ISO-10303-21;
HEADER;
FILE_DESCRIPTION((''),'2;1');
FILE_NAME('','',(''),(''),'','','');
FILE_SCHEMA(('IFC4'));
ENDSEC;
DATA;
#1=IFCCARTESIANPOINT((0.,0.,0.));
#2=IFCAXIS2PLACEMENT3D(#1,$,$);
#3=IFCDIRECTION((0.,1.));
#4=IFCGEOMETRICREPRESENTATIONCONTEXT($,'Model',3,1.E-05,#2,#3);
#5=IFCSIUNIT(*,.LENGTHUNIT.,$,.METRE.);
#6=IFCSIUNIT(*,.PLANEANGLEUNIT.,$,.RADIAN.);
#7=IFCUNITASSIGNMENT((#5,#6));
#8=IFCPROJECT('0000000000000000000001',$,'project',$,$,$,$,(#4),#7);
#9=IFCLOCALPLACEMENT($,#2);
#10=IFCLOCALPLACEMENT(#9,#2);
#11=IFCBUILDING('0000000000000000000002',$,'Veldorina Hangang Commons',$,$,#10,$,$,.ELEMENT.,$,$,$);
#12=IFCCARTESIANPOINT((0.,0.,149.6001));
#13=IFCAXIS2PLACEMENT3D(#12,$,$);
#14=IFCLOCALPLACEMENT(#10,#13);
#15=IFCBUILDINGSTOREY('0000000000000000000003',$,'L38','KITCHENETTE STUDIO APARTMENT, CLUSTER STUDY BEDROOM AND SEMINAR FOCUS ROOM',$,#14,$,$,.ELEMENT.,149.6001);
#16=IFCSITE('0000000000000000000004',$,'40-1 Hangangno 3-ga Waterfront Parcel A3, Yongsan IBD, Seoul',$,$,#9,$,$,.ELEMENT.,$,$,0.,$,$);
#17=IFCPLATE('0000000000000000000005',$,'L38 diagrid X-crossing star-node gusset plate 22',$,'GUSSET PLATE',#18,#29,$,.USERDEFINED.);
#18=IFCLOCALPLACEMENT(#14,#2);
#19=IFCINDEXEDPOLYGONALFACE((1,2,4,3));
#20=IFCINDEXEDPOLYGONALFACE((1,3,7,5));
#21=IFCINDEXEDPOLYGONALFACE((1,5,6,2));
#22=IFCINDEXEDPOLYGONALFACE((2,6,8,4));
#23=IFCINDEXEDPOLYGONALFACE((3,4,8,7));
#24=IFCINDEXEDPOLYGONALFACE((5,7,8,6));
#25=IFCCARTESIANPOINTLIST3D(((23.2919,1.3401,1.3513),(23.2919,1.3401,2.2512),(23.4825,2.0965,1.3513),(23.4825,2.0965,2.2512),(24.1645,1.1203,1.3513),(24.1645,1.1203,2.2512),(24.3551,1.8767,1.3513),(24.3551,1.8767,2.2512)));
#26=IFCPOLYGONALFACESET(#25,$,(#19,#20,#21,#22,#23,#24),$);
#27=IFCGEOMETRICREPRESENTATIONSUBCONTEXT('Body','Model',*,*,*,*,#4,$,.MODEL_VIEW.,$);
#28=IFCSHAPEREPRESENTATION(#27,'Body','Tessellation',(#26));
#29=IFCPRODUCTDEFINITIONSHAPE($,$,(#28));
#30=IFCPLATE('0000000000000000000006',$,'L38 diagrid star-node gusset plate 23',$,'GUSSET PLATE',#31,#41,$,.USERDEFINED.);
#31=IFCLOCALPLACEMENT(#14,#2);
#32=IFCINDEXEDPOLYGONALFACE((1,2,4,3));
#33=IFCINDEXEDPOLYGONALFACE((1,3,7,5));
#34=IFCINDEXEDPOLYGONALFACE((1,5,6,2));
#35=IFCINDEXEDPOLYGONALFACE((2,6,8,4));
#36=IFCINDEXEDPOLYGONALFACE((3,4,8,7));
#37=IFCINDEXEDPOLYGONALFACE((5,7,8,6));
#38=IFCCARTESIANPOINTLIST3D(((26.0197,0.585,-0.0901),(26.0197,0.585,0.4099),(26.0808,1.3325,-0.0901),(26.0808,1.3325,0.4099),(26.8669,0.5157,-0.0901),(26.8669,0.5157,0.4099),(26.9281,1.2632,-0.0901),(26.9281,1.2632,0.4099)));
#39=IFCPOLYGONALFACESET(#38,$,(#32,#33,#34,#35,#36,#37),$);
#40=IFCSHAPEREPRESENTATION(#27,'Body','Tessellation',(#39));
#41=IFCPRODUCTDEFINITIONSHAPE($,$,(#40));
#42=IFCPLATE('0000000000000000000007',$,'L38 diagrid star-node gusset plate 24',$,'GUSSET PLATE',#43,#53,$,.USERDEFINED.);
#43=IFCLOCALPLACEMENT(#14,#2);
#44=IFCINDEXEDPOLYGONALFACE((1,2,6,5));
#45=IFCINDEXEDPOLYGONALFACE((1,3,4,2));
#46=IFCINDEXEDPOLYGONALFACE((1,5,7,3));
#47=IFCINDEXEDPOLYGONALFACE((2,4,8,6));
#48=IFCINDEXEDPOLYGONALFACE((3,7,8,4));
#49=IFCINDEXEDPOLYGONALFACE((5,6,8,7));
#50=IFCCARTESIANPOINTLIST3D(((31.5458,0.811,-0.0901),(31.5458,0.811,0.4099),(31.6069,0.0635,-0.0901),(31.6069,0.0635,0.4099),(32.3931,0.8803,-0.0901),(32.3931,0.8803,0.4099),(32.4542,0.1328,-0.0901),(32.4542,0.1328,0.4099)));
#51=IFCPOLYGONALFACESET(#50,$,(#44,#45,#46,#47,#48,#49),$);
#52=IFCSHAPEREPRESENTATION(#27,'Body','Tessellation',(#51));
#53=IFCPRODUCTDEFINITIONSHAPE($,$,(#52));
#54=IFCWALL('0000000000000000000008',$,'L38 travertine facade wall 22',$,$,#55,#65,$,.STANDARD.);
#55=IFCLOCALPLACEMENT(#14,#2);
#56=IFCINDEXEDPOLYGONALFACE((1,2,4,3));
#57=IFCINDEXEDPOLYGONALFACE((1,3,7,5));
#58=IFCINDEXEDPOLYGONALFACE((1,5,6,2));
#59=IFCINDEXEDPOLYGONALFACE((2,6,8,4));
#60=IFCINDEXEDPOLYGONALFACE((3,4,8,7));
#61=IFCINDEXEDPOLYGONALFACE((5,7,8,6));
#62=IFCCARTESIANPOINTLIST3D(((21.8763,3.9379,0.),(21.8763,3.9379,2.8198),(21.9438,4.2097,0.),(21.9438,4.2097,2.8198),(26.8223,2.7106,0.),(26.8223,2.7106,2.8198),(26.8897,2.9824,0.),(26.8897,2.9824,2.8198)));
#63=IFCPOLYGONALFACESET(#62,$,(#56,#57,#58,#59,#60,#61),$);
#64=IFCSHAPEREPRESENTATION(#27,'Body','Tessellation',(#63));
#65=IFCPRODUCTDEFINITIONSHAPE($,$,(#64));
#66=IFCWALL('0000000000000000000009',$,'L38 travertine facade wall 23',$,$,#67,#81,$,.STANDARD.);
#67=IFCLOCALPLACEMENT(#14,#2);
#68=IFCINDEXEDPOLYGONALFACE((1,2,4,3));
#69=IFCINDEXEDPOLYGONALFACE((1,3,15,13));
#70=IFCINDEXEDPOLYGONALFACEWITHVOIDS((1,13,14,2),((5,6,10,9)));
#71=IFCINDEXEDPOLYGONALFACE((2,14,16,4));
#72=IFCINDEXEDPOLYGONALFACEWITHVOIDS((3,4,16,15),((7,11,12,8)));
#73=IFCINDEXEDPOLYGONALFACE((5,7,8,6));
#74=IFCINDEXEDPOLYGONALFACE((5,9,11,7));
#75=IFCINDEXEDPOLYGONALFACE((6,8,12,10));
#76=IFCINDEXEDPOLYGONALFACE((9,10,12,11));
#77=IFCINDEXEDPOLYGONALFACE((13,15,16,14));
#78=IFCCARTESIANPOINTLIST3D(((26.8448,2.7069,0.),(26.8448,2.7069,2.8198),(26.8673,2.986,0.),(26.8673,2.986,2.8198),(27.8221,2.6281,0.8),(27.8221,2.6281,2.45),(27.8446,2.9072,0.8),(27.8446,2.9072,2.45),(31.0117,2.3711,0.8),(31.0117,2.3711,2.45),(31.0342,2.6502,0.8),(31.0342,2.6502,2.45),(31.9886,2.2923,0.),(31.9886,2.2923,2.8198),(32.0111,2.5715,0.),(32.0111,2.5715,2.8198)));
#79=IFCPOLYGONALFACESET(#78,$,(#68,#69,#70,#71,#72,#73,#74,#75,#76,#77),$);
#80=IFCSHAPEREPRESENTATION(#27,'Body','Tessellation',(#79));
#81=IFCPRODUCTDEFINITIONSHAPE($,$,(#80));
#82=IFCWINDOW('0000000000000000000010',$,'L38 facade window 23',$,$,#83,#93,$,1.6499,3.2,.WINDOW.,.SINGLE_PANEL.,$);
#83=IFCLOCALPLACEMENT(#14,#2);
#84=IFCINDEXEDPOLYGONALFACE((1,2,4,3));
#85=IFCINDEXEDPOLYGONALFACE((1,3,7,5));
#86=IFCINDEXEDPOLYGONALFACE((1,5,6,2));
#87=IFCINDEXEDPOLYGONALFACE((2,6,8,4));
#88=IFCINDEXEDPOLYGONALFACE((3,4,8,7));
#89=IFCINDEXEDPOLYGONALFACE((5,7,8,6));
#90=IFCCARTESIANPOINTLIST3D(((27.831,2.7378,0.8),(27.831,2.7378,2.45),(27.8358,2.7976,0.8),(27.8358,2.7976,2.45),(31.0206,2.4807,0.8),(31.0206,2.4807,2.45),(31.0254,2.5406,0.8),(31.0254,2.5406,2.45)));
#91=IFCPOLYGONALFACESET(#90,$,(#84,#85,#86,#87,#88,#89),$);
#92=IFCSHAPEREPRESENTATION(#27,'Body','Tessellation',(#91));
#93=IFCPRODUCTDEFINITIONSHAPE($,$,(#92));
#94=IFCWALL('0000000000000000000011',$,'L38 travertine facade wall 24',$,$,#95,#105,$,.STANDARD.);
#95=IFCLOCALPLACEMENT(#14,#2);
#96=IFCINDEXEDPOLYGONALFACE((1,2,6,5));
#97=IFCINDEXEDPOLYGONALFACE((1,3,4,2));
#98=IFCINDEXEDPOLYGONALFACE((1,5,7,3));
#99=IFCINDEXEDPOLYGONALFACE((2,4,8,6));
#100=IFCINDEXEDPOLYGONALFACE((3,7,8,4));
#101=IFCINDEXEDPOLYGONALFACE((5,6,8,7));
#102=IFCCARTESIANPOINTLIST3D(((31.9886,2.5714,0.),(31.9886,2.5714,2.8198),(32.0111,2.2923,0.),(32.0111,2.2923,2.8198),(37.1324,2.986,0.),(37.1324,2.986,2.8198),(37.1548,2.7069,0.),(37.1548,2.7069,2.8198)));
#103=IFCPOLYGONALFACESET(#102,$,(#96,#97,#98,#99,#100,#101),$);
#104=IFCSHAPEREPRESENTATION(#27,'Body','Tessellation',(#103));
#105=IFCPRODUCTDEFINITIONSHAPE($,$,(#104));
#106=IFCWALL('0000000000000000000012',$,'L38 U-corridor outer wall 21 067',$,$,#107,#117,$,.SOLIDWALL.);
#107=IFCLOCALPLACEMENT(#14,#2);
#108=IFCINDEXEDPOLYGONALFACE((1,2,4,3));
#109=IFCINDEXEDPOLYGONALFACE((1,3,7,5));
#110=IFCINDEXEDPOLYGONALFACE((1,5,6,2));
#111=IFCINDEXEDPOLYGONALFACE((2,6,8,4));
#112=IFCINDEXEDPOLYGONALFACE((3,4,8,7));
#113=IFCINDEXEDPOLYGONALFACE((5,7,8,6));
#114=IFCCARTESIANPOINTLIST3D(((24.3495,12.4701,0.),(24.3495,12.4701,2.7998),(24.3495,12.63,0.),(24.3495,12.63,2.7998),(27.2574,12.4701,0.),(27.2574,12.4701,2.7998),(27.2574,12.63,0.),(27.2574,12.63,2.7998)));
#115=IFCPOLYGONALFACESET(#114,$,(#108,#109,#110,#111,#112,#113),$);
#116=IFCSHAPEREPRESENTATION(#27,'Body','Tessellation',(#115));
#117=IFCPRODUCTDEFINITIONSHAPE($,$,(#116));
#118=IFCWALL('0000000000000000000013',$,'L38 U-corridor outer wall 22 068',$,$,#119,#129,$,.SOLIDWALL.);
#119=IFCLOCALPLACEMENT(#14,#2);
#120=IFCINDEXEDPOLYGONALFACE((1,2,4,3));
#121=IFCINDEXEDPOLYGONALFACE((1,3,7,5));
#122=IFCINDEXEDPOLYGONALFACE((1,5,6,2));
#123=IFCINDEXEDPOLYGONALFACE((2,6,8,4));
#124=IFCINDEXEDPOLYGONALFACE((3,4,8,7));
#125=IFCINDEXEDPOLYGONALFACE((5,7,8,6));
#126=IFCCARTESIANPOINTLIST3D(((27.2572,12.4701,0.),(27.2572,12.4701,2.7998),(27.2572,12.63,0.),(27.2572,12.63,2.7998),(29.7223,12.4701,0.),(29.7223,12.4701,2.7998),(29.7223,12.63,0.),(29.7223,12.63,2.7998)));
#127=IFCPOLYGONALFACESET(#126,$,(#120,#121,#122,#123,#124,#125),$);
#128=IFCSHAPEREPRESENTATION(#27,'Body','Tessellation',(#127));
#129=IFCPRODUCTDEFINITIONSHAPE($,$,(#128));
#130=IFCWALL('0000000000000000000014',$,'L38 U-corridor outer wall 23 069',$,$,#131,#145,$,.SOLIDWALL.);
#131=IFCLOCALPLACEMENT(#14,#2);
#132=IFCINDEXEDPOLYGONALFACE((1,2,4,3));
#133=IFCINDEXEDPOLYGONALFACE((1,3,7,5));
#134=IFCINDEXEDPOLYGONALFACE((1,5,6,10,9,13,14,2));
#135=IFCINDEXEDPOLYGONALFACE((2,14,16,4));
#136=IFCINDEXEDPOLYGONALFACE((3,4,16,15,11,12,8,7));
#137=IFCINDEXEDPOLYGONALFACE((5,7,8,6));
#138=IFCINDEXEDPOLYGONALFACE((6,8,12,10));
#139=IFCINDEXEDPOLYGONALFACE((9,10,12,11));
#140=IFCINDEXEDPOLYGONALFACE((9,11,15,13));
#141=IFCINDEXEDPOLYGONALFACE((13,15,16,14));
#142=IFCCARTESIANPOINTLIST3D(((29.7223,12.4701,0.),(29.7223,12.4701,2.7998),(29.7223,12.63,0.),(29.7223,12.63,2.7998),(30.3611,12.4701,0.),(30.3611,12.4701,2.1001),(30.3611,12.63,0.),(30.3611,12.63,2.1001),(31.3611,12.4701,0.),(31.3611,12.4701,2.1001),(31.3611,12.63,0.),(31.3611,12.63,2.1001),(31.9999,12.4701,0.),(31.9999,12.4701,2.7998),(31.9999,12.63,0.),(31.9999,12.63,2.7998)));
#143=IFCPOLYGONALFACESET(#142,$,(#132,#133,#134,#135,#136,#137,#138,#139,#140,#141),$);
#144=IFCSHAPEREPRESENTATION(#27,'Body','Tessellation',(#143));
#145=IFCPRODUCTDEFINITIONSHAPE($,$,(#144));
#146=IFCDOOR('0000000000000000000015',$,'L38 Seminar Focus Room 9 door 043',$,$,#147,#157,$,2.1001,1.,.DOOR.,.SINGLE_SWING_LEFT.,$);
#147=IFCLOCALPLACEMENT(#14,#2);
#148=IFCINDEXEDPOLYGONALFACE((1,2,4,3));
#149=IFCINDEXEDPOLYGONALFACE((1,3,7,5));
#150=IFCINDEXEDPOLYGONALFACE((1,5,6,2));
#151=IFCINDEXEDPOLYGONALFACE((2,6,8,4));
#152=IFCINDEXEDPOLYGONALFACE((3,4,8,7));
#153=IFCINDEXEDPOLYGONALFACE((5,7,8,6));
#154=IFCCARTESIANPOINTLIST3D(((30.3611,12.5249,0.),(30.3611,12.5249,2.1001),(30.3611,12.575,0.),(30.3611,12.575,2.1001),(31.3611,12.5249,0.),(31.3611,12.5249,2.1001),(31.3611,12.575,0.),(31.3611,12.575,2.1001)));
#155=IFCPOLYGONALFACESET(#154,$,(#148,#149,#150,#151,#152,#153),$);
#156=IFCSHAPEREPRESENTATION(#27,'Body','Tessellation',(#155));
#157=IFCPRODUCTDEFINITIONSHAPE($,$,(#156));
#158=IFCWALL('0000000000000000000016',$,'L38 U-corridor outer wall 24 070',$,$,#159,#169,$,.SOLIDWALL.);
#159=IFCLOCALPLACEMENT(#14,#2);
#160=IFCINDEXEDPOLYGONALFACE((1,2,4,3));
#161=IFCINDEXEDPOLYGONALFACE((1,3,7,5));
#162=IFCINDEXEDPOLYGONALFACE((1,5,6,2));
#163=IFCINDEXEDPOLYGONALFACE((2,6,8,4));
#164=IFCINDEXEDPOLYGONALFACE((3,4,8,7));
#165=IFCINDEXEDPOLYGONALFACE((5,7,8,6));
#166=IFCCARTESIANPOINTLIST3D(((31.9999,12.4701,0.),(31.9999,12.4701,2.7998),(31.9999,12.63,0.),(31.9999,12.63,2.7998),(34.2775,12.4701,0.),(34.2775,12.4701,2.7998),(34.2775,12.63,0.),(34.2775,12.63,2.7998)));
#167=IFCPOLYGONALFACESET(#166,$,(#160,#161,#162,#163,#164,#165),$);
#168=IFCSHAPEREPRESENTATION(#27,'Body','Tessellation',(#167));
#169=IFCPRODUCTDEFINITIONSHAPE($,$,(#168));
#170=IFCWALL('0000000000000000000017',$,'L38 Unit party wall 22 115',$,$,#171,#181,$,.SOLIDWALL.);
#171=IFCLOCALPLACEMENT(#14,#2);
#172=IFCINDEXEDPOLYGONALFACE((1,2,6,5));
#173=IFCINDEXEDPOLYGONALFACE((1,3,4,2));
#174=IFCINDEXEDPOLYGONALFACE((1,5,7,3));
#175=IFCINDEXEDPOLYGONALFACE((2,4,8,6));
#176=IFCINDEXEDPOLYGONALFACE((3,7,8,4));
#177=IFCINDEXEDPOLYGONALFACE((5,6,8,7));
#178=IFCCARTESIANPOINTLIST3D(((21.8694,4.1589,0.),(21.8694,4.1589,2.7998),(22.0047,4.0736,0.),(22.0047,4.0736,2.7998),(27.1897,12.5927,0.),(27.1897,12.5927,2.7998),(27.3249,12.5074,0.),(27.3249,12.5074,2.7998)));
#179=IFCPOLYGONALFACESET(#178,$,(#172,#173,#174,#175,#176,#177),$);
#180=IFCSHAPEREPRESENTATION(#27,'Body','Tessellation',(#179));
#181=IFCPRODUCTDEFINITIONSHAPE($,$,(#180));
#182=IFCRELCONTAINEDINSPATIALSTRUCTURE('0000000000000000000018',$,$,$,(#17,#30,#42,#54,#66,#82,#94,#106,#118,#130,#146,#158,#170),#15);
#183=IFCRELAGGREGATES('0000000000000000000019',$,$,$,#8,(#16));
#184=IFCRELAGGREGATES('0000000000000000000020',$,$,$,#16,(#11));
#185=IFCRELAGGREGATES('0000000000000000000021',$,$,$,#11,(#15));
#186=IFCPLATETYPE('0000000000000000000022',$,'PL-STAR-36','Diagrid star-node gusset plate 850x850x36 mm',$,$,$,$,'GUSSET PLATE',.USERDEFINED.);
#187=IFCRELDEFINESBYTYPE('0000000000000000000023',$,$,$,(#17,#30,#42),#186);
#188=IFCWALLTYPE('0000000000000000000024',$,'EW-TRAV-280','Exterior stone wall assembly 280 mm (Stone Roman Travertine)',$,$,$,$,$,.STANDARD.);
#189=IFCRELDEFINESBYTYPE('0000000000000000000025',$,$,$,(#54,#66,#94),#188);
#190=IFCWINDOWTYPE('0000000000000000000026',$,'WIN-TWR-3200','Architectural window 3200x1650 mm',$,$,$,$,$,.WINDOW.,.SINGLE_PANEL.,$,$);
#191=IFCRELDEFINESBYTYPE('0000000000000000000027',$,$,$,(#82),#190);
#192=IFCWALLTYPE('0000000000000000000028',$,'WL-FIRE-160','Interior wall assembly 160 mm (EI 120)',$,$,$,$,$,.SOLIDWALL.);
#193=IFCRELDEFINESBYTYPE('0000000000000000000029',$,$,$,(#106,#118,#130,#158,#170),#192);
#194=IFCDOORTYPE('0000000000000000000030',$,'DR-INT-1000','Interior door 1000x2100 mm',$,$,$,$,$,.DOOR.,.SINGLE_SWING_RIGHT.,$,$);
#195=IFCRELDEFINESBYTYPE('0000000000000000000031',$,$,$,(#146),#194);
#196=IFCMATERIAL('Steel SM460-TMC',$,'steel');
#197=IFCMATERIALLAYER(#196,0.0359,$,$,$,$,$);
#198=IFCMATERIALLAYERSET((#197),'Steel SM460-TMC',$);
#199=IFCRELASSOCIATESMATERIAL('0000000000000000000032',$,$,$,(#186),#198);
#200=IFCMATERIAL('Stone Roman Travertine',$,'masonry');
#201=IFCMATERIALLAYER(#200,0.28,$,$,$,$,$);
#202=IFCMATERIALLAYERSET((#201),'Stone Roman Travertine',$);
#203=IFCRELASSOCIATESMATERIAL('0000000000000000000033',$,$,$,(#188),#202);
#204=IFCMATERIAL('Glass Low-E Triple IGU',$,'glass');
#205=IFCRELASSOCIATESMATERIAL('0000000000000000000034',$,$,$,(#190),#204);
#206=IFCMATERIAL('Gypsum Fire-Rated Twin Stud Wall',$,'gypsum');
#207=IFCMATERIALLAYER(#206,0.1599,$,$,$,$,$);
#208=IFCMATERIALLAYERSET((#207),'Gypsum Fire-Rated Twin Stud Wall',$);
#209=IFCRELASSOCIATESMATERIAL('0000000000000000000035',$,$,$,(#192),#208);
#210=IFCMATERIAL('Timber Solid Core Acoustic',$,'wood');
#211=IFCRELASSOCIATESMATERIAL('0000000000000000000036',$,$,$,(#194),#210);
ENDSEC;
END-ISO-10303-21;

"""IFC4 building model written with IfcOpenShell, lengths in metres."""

from ifc_helpers import new_model, si_unit, direction, frame, frame_2d, origin, origin_2d, place, context, subcontext, project, spatial, rectangle, extrude, material, layer, layer_set, type_object, element, fill, save


model = new_model("IFC4")

# Units and contexts
model_context = context("Model", 3, precision=1e-05, world=origin(), true_north=direction((0.0, 1.0)))
body_context = subcontext(model_context, "Body", "Model", "MODEL_VIEW")
ifc_project = project(units=[si_unit("LENGTHUNIT", "METRE"), si_unit("PLANEANGLEUNIT", "RADIAN")], contexts=[model_context])

# Site, building, storey
site_placement = place(None, origin())
site = spatial("IfcSite", under=ifc_project, at=site_placement, Name="40-1 Hangangno 3-ga Waterfront Parcel A3, Yongsan IBD, Seoul", CompositionType="ELEMENT", RefElevation=0.0)
building_placement = place(site_placement, origin())
building = spatial("IfcBuilding", under=site, at=building_placement, Name="Veldorina Hangang Commons", CompositionType="ELEMENT")
storey_placement = place(building_placement, frame((0.0, 0.0, 149.6001)))
storey = spatial("IfcBuildingStorey", under=building, at=storey_placement, Name="L38", Description="KITCHENETTE STUDIO APARTMENT, CLUSTER STUDY BEDROOM AND SEMINAR FOCUS ROOM", CompositionType="ELEMENT", Elevation=149.6001)

# Plates
ifc_material_1 = material(Name="Steel SM460-TMC", Category="steel")
ifc_layer_1 = layer(ifc_material_1, 0.0359)
ifc_layer_set_1 = layer_set([ifc_layer_1], Name="Steel SM460-TMC")
plate_type = type_object("IfcPlateType", Name="PL-STAR-36", Description="Diagrid star-node gusset plate 850x850x36 mm", ElementType="GUSSET PLATE", PredefinedType="USERDEFINED", material=ifc_layer_set_1)
plate_placement = place(storey_placement, frame((23.8235, 1.6084, 1.3513), z_axis=(0.0, 0.0, 1.0), x_axis=(0.969693, -0.244326, 0.0)))
element("IfcPlate", 1, at=plate_placement, inside=storey, type_object=plate_type, Name="L38 diagrid X-crossing star-node gusset plate 22", ObjectType="GUSSET PLATE", PredefinedType="USERDEFINED", context=body_context, shape_type="SweptSolid", body=[
    extrude(rectangle(XDim=0.8999, YDim=0.78, at=origin_2d()), origin(), (0.0, 0.0, 1.0), 0.8999),
])
for number, where, z_axis, x_axis, name in (
    (2, (26.4739, 0.9241, -0.0901), (0.0, 0.0, 1.0), (0.99667, -0.081538, 0.0), "L38 diagrid star-node gusset plate 23"),
    (3, (32.0, 0.4719, -0.0901), (0.0, 0.0, 1.0), (0.99667, 0.081538, 0.0), "L38 diagrid star-node gusset plate 24"),
):
    element("IfcPlate", number, at=place(storey_placement, frame(where, z_axis=z_axis, x_axis=x_axis)), inside=storey, type_object=plate_type, Name=name, ObjectType="GUSSET PLATE", PredefinedType="USERDEFINED", context=body_context, shape_type="SweptSolid", body=[
        extrude(rectangle(XDim=0.8501, YDim=0.75, at=origin_2d()), origin(), (0.0, 0.0, 1.0), 0.5),
    ])

# Wall
ifc_material_2 = material(Name="Stone Roman Travertine", Category="masonry")
ifc_layer_2 = layer(ifc_material_2, 0.28)
ifc_layer_set_2 = layer_set([ifc_layer_2], Name="Stone Roman Travertine")
wall_type_1 = type_object("IfcWallType", Name="EW-TRAV-280", Description="Exterior stone wall assembly 280 mm (Stone Roman Travertine)", PredefinedType="STANDARD", material=ifc_layer_set_2)
wall_1_placement = place(storey_placement, frame((21.9102, 4.0737, 0.0), z_axis=(0.0, 0.0, 1.0), x_axis=(0.970567, -0.240833, 0.0)))
element("IfcWall", 4, at=wall_1_placement, inside=storey, type_object=wall_type_1, Name="L38 travertine facade wall 22", PredefinedType="STANDARD", context=body_context, shape_type="SweptSolid", body=[
    extrude(rectangle(XDim=5.0959, YDim=0.28, at=frame_2d((2.5479, 0.0))), origin(), (0.0, 0.0, 1.0), 2.8198),
])

# Wall, opening, window
wall_2_placement = place(storey_placement, frame((26.8562, 2.8464, 0.0), z_axis=(0.0, 0.0, 1.0), x_axis=(0.996768, -0.080332, 0.0)))
wall_2 = element("IfcWall", 5, at=wall_2_placement, inside=storey, type_object=wall_type_1, Name="L38 travertine facade wall 23", PredefinedType="STANDARD", context=body_context, shape_type="SweptSolid", body=[
    extrude(rectangle(XDim=5.1604, YDim=0.28, at=frame_2d((2.5801, 0.0))), origin(), (0.0, 0.0, 1.0), 2.8198),
])
opening_1_placement = place(wall_2_placement, frame((0.9802, 0.0, 0.8)))
opening_1 = element("IfcOpeningElement", 6, at=opening_1_placement, cuts=wall_2, PredefinedType="OPENING", context=body_context, shape_type="SweptSolid", body=[
    extrude(rectangle(XDim=3.2, YDim=1.6499, at=frame_2d((1.6001, 0.825))), frame((0.0, 0.1499, 0.0), z_axis=(0.0, -1.0, 0.0), x_axis=(1.0, 0.0, 0.0)), (0.0, 0.0, 1.0), 0.3),
])
ifc_material_3 = material(Name="Glass Low-E Triple IGU", Category="glass")
window_type = type_object("IfcWindowType", Name="WIN-TWR-3200", Description="Architectural window 3200x1650 mm", PartitioningType="SINGLE_PANEL", PredefinedType="WINDOW", material=ifc_material_3)
window_placement = place(opening_1_placement, origin())
window = element("IfcWindow", 7, at=window_placement, inside=storey, type_object=window_type, Name="L38 facade window 23", OverallHeight=1.6499, OverallWidth=3.2, PartitioningType="SINGLE_PANEL", PredefinedType="WINDOW", context=body_context, shape_type="SweptSolid", body=[
    extrude(rectangle(XDim=3.2, YDim=1.6499, at=frame_2d((1.6001, 0.825))), frame((0.0, 0.03, 0.0), z_axis=(0.0, -1.0, 0.0), x_axis=(1.0, 0.0, 0.0)), (0.0, 0.0, 1.0), 0.0601),
])
fill(opening_1, window)

# Walls
wall_3_placement = place(storey_placement, frame((32.0, 2.4319, 0.0), z_axis=(0.0, 0.0, 1.0), x_axis=(0.996768, 0.080332, 0.0)))
element("IfcWall", 8, at=wall_3_placement, inside=storey, type_object=wall_type_1, Name="L38 travertine facade wall 24", PredefinedType="STANDARD", context=body_context, shape_type="SweptSolid", body=[
    extrude(rectangle(XDim=5.1604, YDim=0.28, at=frame_2d((2.5801, 0.0))), origin(), (0.0, 0.0, 1.0), 2.8198),
])
ifc_material_4 = material(Name="Gypsum Fire-Rated Twin Stud Wall", Category="gypsum")
ifc_layer_3 = layer(ifc_material_4, 0.1599)
ifc_layer_set_3 = layer_set([ifc_layer_3], Name="Gypsum Fire-Rated Twin Stud Wall")
wall_type_2 = type_object("IfcWallType", Name="WL-FIRE-160", Description="Interior wall assembly 160 mm (EI 120)", PredefinedType="SOLIDWALL", material=ifc_layer_set_3)
wall_4_placement = place(storey_placement, frame((24.3494, 12.55, 0.0), z_axis=(0.0, 0.0, 1.0), x_axis=(1.0, 0.0, 0.0)))
element("IfcWall", 9, at=wall_4_placement, inside=storey, type_object=wall_type_2, Name="L38 U-corridor outer wall 21 067", PredefinedType="SOLIDWALL", context=body_context, shape_type="SweptSolid", body=[
    extrude(rectangle(XDim=2.908, YDim=0.1599, at=frame_2d((1.4541, 0.0))), origin(), (0.0, 0.0, 1.0), 2.7998),
])
wall_5_placement = place(storey_placement, frame((27.2573, 12.55, 0.0), z_axis=(0.0, 0.0, 1.0), x_axis=(1.0, 0.0, 0.0)))
element("IfcWall", 10, at=wall_5_placement, inside=storey, type_object=wall_type_2, Name="L38 U-corridor outer wall 22 068", PredefinedType="SOLIDWALL", context=body_context, shape_type="SweptSolid", body=[
    extrude(rectangle(XDim=2.4651, YDim=0.1599, at=frame_2d((1.2324, 0.0))), origin(), (0.0, 0.0, 1.0), 2.7998),
])

# Wall, opening, door
wall_6_placement = place(storey_placement, frame((29.7224, 12.55, 0.0), z_axis=(0.0, 0.0, 1.0), x_axis=(1.0, 0.0, 0.0)))
wall_6 = element("IfcWall", 11, at=wall_6_placement, inside=storey, type_object=wall_type_2, Name="L38 U-corridor outer wall 23 069", PredefinedType="SOLIDWALL", context=body_context, shape_type="SweptSolid", body=[
    extrude(rectangle(XDim=2.2776, YDim=0.1599, at=frame_2d((1.1387, 0.0))), origin(), (0.0, 0.0, 1.0), 2.7998),
])
opening_2_placement = place(wall_6_placement, frame((0.6387, 0.0, 0.0)))
opening_2 = element("IfcOpeningElement", 12, at=opening_2_placement, cuts=wall_6, PredefinedType="OPENING", context=body_context, shape_type="SweptSolid", body=[
    extrude(rectangle(XDim=1.0, YDim=2.1001, at=frame_2d((0.5, 1.05))), frame((0.0, 0.0898, 0.0), z_axis=(0.0, -1.0, 0.0), x_axis=(1.0, 0.0, 0.0)), (0.0, 0.0, 1.0), 0.1799),
])
ifc_material_5 = material(Name="Timber Solid Core Acoustic", Category="wood")
door_type_1 = type_object("IfcDoorType", Name="DR-INT-1000", Description="Interior door 1000x2100 mm", OperationType="SINGLE_SWING_RIGHT", PredefinedType="DOOR", material=ifc_material_5)
door_1_placement = place(opening_2_placement, origin())
door_1 = element("IfcDoor", 13, at=door_1_placement, inside=storey, type_object=door_type_1, Name="L38 Seminar Focus Room 9 door 043", OperationType="SINGLE_SWING_LEFT", OverallHeight=2.1001, OverallWidth=1.0, PredefinedType="DOOR", context=body_context, shape_type="SweptSolid", body=[
    extrude(rectangle(XDim=1.0, YDim=2.1001, at=frame_2d((0.5, 1.05))), frame((0.0, 0.0249, 0.0), z_axis=(0.0, -1.0, 0.0), x_axis=(1.0, 0.0, 0.0)), (0.0, 0.0, 1.0), 0.05),
])
fill(opening_2, door_1)

# Walls
wall_7_placement = place(storey_placement, frame((32.0, 12.55, 0.0), z_axis=(0.0, 0.0, 1.0), x_axis=(1.0, 0.0, 0.0)))
element("IfcWall", 14, at=wall_7_placement, inside=storey, type_object=wall_type_2, Name="L38 U-corridor outer wall 24 070", PredefinedType="SOLIDWALL", context=body_context, shape_type="SweptSolid", body=[
    extrude(rectangle(XDim=2.2776, YDim=0.1599, at=frame_2d((1.1387, 0.0))), origin(), (0.0, 0.0, 1.0), 2.7998),
])
wall_8_placement = place(storey_placement, frame((27.2573, 12.55, 0.0), z_axis=(0.0, 0.0, 1.0), x_axis=(-0.53354, -0.845775, 0.0)))
element("IfcWall", 15, at=wall_8_placement, inside=storey, type_object=wall_type_2, Name="L38 Unit party wall 22 115", PredefinedType="SOLIDWALL", context=body_context, shape_type="SweptSolid", body=[
    extrude(rectangle(XDim=9.9717, YDim=0.1599, at=frame_2d((4.9858, 0.0))), origin(), (0.0, 0.0, 1.0), 2.7998),
])

save(model, "model.ifc")
